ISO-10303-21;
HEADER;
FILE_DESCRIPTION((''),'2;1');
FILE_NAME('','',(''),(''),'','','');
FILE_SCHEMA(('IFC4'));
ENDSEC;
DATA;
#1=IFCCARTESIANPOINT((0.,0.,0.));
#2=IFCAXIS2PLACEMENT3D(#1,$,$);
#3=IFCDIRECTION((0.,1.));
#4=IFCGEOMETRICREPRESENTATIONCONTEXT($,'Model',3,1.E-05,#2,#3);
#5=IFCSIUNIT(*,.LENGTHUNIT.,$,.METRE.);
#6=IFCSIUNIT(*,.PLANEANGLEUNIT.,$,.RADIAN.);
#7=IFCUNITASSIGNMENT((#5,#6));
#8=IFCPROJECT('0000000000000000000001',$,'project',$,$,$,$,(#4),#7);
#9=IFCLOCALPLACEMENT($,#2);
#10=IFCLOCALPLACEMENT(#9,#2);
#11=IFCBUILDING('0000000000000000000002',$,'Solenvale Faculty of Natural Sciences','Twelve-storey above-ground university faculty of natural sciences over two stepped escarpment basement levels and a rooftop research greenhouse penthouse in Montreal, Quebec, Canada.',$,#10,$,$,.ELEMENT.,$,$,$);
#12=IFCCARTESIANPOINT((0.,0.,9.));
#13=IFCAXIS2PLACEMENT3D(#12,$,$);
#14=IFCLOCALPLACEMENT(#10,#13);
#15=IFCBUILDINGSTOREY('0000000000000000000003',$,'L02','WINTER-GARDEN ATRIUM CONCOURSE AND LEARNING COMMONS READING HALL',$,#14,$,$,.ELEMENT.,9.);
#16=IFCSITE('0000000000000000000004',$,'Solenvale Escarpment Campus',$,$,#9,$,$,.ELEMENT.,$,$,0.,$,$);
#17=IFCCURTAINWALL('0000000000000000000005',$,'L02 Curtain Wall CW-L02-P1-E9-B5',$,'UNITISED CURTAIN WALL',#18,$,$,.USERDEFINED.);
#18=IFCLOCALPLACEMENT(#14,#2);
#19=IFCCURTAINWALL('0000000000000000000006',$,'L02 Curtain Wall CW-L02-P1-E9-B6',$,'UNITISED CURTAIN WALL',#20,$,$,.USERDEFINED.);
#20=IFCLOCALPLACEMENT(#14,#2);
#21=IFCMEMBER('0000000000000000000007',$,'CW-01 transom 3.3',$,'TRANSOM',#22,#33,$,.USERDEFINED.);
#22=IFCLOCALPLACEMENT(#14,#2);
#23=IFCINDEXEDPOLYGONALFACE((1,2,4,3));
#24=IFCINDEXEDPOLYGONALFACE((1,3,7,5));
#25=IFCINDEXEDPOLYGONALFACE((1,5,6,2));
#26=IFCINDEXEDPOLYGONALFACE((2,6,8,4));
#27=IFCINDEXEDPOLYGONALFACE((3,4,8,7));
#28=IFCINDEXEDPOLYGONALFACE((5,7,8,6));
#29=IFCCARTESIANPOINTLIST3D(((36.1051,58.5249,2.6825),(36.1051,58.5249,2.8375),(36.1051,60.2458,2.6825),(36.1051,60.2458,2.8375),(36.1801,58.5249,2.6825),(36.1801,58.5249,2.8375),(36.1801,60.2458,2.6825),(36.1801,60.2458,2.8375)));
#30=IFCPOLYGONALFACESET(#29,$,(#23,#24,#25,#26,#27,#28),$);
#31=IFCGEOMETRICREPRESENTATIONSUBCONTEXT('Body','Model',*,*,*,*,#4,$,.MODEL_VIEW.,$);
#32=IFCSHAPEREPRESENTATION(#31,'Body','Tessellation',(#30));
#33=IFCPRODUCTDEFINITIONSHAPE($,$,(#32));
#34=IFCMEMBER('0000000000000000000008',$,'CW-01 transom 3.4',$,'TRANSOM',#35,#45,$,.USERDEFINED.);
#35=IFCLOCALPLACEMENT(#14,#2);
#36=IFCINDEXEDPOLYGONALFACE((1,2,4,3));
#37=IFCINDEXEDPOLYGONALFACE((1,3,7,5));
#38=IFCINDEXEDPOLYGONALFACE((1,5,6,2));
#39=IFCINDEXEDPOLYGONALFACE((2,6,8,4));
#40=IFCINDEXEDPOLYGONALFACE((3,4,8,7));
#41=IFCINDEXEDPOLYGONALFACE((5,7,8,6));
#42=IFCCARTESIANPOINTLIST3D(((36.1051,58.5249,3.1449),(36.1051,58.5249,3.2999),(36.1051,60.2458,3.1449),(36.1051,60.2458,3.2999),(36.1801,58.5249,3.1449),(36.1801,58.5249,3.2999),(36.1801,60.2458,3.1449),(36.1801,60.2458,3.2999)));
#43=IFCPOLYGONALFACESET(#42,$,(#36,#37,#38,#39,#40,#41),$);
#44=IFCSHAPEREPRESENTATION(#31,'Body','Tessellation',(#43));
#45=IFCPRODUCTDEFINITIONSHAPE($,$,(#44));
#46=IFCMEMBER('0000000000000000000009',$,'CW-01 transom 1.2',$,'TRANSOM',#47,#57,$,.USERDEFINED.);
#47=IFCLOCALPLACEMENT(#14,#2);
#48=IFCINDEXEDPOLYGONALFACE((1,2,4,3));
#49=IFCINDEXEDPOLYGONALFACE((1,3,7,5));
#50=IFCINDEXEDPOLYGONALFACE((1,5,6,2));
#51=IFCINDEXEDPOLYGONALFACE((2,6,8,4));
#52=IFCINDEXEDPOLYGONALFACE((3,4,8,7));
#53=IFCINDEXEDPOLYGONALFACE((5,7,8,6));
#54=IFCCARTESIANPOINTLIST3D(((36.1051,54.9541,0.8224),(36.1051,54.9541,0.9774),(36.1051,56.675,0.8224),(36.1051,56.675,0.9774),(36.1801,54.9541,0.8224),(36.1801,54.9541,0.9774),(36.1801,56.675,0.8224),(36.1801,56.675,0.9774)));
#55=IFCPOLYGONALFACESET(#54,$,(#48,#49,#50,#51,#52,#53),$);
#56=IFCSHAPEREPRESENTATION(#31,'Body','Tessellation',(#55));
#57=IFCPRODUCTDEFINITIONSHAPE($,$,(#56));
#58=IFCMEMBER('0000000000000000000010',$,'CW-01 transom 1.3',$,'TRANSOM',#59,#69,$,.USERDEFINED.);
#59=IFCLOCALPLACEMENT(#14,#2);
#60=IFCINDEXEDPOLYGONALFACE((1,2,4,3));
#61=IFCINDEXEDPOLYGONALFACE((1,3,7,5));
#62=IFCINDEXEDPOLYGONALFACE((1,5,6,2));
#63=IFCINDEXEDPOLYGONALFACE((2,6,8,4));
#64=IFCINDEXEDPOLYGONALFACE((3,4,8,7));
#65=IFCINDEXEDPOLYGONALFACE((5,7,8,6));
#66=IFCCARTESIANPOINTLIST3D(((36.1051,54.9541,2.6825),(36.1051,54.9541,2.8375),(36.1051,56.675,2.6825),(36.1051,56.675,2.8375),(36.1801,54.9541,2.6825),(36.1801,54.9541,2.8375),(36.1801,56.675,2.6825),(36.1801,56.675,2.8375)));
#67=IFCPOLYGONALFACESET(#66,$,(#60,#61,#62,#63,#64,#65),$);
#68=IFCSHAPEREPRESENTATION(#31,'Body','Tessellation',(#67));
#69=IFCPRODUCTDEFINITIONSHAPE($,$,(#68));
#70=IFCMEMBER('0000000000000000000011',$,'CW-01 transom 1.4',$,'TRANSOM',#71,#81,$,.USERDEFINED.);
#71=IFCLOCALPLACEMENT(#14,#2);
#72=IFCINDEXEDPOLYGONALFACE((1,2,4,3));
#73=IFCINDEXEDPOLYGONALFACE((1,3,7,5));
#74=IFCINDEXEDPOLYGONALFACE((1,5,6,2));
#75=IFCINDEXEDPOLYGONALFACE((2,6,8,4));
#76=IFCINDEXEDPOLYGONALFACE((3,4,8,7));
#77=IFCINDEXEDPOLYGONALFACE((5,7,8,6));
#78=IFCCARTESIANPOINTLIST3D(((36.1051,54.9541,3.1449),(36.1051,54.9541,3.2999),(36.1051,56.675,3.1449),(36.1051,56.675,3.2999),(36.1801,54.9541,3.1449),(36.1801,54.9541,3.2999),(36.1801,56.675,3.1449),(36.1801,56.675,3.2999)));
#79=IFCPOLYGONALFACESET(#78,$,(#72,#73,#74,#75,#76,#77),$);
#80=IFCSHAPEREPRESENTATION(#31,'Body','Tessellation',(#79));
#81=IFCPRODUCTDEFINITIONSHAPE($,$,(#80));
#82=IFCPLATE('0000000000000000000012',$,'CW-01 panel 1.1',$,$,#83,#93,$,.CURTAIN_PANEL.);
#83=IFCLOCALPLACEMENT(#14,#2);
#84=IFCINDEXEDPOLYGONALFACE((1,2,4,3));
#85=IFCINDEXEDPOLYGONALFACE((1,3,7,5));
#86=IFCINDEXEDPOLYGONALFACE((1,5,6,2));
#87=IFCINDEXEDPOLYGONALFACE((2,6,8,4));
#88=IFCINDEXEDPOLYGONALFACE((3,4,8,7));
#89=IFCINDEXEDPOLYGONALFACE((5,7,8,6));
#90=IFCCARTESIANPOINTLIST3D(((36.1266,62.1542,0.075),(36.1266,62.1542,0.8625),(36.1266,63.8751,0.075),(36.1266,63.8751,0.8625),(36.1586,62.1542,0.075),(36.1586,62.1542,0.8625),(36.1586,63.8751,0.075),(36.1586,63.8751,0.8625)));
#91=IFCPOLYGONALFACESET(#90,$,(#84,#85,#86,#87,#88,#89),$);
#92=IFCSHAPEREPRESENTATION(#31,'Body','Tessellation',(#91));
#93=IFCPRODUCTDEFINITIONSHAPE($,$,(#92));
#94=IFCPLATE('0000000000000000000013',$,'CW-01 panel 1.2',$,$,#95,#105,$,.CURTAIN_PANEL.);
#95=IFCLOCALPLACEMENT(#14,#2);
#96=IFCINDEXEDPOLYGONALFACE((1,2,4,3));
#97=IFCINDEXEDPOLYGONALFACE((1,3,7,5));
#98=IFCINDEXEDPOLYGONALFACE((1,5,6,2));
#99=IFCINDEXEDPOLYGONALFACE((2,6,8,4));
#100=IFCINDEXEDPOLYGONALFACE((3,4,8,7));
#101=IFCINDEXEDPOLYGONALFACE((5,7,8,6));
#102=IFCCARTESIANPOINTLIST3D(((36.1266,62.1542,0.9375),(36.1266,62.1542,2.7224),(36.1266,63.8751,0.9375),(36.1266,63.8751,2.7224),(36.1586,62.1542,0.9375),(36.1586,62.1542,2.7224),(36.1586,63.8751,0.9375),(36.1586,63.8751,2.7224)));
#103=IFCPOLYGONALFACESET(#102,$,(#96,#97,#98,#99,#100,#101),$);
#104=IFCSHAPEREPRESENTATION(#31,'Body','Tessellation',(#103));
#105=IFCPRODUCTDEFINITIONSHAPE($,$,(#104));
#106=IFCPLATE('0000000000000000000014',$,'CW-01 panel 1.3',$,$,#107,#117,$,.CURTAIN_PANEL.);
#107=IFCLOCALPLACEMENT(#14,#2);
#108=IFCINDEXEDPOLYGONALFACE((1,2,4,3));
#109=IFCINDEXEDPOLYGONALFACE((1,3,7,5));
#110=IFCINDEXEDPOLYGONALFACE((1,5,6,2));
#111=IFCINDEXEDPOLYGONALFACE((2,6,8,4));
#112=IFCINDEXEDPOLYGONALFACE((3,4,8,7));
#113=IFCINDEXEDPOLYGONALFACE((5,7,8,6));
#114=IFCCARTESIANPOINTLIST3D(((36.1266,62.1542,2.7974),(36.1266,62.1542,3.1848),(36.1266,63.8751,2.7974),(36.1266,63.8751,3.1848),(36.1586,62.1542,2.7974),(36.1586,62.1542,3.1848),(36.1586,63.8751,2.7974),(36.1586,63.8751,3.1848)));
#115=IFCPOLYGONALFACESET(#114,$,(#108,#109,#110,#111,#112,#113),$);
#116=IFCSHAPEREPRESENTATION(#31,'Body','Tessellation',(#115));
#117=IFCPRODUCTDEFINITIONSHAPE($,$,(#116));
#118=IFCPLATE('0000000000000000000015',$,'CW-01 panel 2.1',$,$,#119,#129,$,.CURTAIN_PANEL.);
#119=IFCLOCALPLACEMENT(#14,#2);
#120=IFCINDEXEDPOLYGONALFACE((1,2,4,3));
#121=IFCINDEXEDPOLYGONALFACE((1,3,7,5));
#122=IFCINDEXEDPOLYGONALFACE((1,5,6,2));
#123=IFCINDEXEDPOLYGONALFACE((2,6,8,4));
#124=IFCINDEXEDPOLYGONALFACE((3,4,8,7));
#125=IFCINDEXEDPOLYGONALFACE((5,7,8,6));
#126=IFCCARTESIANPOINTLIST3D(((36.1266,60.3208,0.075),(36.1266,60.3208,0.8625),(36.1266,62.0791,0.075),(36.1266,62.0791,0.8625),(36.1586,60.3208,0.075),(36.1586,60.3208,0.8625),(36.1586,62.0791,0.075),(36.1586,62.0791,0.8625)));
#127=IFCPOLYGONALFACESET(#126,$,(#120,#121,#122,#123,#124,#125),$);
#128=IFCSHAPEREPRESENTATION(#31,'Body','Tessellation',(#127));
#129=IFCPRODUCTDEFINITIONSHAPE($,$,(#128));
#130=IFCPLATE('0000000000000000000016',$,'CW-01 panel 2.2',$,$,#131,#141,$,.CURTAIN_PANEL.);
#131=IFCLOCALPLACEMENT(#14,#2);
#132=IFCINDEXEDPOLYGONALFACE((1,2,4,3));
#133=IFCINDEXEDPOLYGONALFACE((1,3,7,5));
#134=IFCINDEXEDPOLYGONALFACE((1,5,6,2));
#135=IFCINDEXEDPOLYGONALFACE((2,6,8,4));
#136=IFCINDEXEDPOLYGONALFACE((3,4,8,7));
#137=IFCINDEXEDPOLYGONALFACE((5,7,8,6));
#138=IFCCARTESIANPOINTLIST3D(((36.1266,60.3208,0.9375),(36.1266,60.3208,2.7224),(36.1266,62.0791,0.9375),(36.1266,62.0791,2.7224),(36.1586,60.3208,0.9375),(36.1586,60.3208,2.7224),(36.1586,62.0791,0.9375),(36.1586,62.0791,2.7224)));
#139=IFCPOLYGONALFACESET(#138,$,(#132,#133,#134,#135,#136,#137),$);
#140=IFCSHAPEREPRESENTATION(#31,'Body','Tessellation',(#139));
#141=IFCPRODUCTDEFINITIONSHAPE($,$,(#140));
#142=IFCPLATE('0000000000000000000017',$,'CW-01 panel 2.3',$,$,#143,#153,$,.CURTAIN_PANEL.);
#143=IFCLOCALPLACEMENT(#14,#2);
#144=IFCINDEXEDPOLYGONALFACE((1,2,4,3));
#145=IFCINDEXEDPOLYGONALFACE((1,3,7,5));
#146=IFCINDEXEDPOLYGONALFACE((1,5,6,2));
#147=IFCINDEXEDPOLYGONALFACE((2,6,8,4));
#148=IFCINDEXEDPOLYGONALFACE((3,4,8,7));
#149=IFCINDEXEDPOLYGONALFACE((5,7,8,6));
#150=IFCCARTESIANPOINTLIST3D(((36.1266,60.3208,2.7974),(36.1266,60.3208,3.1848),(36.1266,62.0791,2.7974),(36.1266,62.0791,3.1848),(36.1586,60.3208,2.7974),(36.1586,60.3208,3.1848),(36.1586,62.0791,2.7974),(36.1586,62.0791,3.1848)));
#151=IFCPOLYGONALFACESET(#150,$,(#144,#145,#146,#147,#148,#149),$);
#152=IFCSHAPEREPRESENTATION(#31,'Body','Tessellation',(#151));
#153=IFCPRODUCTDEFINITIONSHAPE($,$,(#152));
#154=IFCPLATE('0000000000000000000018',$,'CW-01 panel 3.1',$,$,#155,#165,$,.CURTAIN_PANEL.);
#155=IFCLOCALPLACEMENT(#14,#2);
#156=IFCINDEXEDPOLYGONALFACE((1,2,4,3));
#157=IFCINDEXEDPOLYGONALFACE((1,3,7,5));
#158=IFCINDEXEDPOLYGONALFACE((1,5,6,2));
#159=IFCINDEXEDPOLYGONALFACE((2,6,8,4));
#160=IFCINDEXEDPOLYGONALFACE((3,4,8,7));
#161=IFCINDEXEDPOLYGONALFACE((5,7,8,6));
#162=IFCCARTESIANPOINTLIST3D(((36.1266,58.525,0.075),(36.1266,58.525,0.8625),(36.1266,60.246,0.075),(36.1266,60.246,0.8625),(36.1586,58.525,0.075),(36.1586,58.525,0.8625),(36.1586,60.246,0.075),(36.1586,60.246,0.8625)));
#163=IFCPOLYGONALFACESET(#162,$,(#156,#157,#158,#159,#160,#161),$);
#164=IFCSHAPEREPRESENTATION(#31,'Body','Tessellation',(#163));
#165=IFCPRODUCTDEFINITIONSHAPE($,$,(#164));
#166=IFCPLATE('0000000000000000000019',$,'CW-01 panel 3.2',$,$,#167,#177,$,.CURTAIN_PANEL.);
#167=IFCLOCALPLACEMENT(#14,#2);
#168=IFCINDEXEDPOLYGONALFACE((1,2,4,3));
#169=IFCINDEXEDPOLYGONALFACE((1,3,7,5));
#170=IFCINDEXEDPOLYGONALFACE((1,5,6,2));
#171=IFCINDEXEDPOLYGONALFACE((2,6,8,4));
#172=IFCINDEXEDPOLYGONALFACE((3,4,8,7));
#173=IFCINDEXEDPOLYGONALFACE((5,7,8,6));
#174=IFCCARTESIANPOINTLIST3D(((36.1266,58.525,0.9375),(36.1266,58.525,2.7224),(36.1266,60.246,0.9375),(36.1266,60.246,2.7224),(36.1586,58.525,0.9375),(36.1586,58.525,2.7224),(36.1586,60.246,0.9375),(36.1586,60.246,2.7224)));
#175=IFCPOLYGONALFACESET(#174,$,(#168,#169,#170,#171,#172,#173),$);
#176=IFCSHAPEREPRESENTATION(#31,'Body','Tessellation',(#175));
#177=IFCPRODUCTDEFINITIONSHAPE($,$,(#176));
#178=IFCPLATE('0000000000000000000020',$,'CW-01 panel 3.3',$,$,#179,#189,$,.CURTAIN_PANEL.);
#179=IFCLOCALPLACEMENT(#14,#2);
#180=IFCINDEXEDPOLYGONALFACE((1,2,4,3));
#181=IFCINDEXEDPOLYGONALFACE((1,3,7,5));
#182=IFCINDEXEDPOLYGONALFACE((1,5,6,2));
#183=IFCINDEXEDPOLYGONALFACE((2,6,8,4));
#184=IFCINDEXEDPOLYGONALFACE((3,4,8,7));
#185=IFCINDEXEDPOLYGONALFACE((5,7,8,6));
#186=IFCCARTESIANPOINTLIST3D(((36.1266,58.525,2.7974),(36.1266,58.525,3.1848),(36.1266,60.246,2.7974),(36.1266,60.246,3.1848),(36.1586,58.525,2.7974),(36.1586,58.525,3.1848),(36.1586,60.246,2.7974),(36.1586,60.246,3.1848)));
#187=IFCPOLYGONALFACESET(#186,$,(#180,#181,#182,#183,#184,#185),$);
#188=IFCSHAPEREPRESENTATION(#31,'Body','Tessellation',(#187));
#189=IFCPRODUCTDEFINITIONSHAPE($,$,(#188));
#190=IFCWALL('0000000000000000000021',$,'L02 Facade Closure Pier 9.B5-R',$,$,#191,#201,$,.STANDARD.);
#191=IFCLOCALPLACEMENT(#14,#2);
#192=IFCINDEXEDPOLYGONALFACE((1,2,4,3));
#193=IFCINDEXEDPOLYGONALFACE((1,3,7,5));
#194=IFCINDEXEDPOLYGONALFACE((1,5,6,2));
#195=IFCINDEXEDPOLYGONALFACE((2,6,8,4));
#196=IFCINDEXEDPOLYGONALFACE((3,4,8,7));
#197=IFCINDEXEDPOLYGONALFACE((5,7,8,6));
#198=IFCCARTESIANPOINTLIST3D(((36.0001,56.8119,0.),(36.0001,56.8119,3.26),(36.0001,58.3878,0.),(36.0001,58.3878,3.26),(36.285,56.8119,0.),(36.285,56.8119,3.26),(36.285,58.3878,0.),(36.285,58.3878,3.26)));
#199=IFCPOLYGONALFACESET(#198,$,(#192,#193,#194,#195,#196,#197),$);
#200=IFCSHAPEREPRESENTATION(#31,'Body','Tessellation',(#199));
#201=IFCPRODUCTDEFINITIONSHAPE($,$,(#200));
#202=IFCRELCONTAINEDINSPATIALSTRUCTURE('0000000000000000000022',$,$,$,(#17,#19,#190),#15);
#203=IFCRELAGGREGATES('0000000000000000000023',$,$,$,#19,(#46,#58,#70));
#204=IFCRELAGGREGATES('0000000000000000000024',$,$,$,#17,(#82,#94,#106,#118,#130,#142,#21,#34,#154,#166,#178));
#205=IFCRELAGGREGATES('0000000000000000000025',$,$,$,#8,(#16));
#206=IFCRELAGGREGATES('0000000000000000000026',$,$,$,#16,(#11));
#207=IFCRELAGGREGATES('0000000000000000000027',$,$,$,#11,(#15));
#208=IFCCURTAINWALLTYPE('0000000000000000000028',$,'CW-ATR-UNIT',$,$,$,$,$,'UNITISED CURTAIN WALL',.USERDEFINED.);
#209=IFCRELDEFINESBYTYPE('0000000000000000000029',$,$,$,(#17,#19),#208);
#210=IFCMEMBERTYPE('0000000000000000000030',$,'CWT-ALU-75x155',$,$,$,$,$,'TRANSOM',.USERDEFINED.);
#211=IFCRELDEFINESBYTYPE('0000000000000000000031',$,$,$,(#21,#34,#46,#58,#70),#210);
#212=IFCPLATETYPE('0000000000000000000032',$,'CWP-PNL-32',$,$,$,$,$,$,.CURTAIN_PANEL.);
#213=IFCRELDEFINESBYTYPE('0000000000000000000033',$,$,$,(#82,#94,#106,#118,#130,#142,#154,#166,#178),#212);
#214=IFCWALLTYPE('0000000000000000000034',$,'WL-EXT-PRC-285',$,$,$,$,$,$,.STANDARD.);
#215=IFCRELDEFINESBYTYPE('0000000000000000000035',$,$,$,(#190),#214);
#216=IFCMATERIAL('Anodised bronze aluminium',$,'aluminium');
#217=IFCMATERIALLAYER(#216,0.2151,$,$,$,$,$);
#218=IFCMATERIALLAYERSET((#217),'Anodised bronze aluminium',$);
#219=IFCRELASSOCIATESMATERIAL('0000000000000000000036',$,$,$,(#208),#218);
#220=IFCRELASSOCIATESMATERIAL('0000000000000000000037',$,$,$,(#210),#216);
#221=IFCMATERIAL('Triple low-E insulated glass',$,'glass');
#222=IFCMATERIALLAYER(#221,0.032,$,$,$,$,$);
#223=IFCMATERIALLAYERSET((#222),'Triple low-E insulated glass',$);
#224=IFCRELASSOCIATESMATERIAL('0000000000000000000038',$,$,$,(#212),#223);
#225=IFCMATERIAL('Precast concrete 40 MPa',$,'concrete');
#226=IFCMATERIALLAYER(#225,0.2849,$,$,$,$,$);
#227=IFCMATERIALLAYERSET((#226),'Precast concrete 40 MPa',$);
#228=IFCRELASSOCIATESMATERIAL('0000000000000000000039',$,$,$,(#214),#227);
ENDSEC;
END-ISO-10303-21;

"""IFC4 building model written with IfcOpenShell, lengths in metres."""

from ifc_helpers import new_model, si_unit, direction, frame, frame_2d, origin, origin_2d, place, context, subcontext, project, spatial, rectangle, extrude, material, layer, layer_set, material_profile, profile_set, type_object, element, aggregate, save


model = new_model("IFC4")

# Units and contexts
model_context = context("Model", 3, precision=1e-05, world=origin(), true_north=direction((0.0, 1.0)))
body_context = subcontext(model_context, "Body", "Model", "MODEL_VIEW")
ifc_project = project(units=[si_unit("LENGTHUNIT", "METRE"), si_unit("PLANEANGLEUNIT", "RADIAN")], contexts=[model_context])

# Site, building, storey
site_placement = place(None, origin())
site = spatial("IfcSite", under=ifc_project, at=site_placement, Name="Solenvale Escarpment Campus", CompositionType="ELEMENT", RefElevation=0.0)
building_placement = place(site_placement, origin())
building = spatial("IfcBuilding", under=site, at=building_placement, Name="Solenvale Faculty of Natural Sciences", Description="Twelve-storey above-ground university faculty of natural sciences over two stepped escarpment basement levels and a rooftop research greenhouse penthouse in Montreal, Quebec, Canada.", CompositionType="ELEMENT")
storey_placement = place(building_placement, frame((0.0, 0.0, 9.0)))
storey = spatial("IfcBuildingStorey", under=building, at=storey_placement, Name="L02", Description="WINTER-GARDEN ATRIUM CONCOURSE AND LEARNING COMMONS READING HALL", CompositionType="ELEMENT", Elevation=9.0)

# Curtain wall
ifc_material_1 = material(Name="Anodised bronze aluminium", Category="aluminium")
ifc_layer_1 = layer(ifc_material_1, 0.2151)
ifc_layer_set_1 = layer_set([ifc_layer_1], Name="Anodised bronze aluminium")
curtain_wall_type = type_object("IfcCurtainWallType", Name="CW-ATR-UNIT", ElementType="UNITISED CURTAIN WALL", PredefinedType="USERDEFINED", material=ifc_layer_set_1)
curtain_wall_1_placement = place(storey_placement, origin())
curtain_wall_1 = element("IfcCurtainWall", 1, at=curtain_wall_1_placement, inside=storey, type_object=curtain_wall_type, Name="L02 Curtain Wall CW-L02-P1-E9-B5", ObjectType="UNITISED CURTAIN WALL", PredefinedType="USERDEFINED")

# Curtain wall
curtain_wall_2_placement = place(storey_placement, origin())
curtain_wall_2 = element("IfcCurtainWall", 2, at=curtain_wall_2_placement, inside=storey, type_object=curtain_wall_type, Name="L02 Curtain Wall CW-L02-P1-E9-B6", ObjectType="UNITISED CURTAIN WALL", PredefinedType="USERDEFINED")

# Members
ifc_material_profile_1 = material_profile(ifc_material_1, rectangle(XDim=0.075, YDim=0.155, at=origin_2d()), Name="ALU-TRN-75x155")
ifc_profile_set_1 = profile_set([ifc_material_profile_1], Name="Anodised bronze aluminium")
member_type_1 = type_object("IfcMemberType", Name="CWT-ALU-75x155", ElementType="TRANSOM", PredefinedType="USERDEFINED", material=ifc_profile_set_1)
member_1_placement = place(storey_placement, frame((36.1426, 60.2458, 2.76), z_axis=(0.0, -1.0, 0.0), x_axis=(1.0, 0.0, 0.0)))
member_1 = element("IfcMember", 3, at=member_1_placement, type_object=member_type_1, Name="CW-01 transom 3.3", ObjectType="TRANSOM", PredefinedType="USERDEFINED", context=body_context, shape_type="SweptSolid", body=[
    extrude(rectangle(XDim=0.075, YDim=0.155, at=origin_2d()), origin(), (0.0, 0.0, 1.0), 1.7209),
])
member_2_placement = place(storey_placement, frame((36.1426, 60.2458, 3.2224), z_axis=(0.0, -1.0, 0.0), x_axis=(1.0, 0.0, 0.0)))
member_2 = element("IfcMember", 4, at=member_2_placement, type_object=member_type_1, Name="CW-01 transom 3.4", ObjectType="TRANSOM", PredefinedType="USERDEFINED", context=body_context, shape_type="SweptSolid", body=[
    extrude(rectangle(XDim=0.075, YDim=0.155, at=origin_2d()), origin(), (0.0, 0.0, 1.0), 1.7209),
])
member_3_placement = place(storey_placement, frame((36.1426, 56.675, 0.8999), z_axis=(0.0, -1.0, 0.0), x_axis=(1.0, 0.0, 0.0)))
member_3 = element("IfcMember", 5, at=member_3_placement, type_object=member_type_1, Name="CW-01 transom 1.2", ObjectType="TRANSOM", PredefinedType="USERDEFINED", context=body_context, shape_type="SweptSolid", body=[
    extrude(rectangle(XDim=0.075, YDim=0.155, at=origin_2d()), origin(), (0.0, 0.0, 1.0), 1.7209),
])
member_4_placement = place(storey_placement, frame((36.1426, 56.675, 2.76), z_axis=(0.0, -1.0, 0.0), x_axis=(1.0, 0.0, 0.0)))
member_4 = element("IfcMember", 6, at=member_4_placement, type_object=member_type_1, Name="CW-01 transom 1.3", ObjectType="TRANSOM", PredefinedType="USERDEFINED", context=body_context, shape_type="SweptSolid", body=[
    extrude(rectangle(XDim=0.075, YDim=0.155, at=origin_2d()), origin(), (0.0, 0.0, 1.0), 1.7209),
])
member_5_placement = place(storey_placement, frame((36.1426, 56.675, 3.2224), z_axis=(0.0, -1.0, 0.0), x_axis=(1.0, 0.0, 0.0)))
member_5 = element("IfcMember", 7, at=member_5_placement, type_object=member_type_1, Name="CW-01 transom 1.4", ObjectType="TRANSOM", PredefinedType="USERDEFINED", context=body_context, shape_type="SweptSolid", body=[
    extrude(rectangle(XDim=0.075, YDim=0.155, at=origin_2d()), origin(), (0.0, 0.0, 1.0), 1.7209),
])
aggregate(curtain_wall_2, [member_3, member_4, member_5])

# Plates
ifc_material_2 = material(Name="Triple low-E insulated glass", Category="glass")
ifc_layer_2 = layer(ifc_material_2, 0.032)
ifc_layer_set_2 = layer_set([ifc_layer_2], Name="Triple low-E insulated glass")
plate_type = type_object("IfcPlateType", Name="CWP-PNL-32", PredefinedType="CURTAIN_PANEL", material=ifc_layer_set_2)
plate_1_placement = place(storey_placement, frame((36.1426, 63.0146, 0.075), z_axis=(0.0, 0.0, 1.0), x_axis=(0.0, -1.0, 0.0)))
plate_1 = element("IfcPlate", 8, at=plate_1_placement, type_object=plate_type, Name="CW-01 panel 1.1", PredefinedType="CURTAIN_PANEL", context=body_context, shape_type="SweptSolid", body=[
    extrude(rectangle(XDim=1.7209, YDim=0.032, at=origin_2d()), origin(), (0.0, 0.0, 1.0), 0.7876),
])
plate_2_placement = place(storey_placement, frame((36.1426, 63.0146, 0.9375), z_axis=(0.0, 0.0, 1.0), x_axis=(0.0, -1.0, 0.0)))
plate_2 = element("IfcPlate", 9, at=plate_2_placement, type_object=plate_type, Name="CW-01 panel 1.2", PredefinedType="CURTAIN_PANEL", context=body_context, shape_type="SweptSolid", body=[
    extrude(rectangle(XDim=1.7209, YDim=0.032, at=origin_2d()), origin(), (0.0, 0.0, 1.0), 1.7849),
])
plate_3_placement = place(storey_placement, frame((36.1426, 63.0146, 2.7974), z_axis=(0.0, 0.0, 1.0), x_axis=(0.0, -1.0, 0.0)))
plate_3 = element("IfcPlate", 10, at=plate_3_placement, type_object=plate_type, Name="CW-01 panel 1.3", PredefinedType="CURTAIN_PANEL", context=body_context, shape_type="SweptSolid", body=[
    extrude(rectangle(XDim=1.7209, YDim=0.032, at=origin_2d()), origin(), (0.0, 0.0, 1.0), 0.3875),
])
plate_4_placement = place(storey_placement, frame((36.1426, 61.2, 0.075), z_axis=(0.0, 0.0, 1.0), x_axis=(0.0, -1.0, 0.0)))
plate_4 = element("IfcPlate", 11, at=plate_4_placement, type_object=plate_type, Name="CW-01 panel 2.1", PredefinedType="CURTAIN_PANEL", context=body_context, shape_type="SweptSolid", body=[
    extrude(rectangle(XDim=1.7583, YDim=0.032, at=origin_2d()), origin(), (0.0, 0.0, 1.0), 0.7876),
])
plate_5_placement = place(storey_placement, frame((36.1426, 61.2, 0.9375), z_axis=(0.0, 0.0, 1.0), x_axis=(0.0, -1.0, 0.0)))
plate_5 = element("IfcPlate", 12, at=plate_5_placement, type_object=plate_type, Name="CW-01 panel 2.2", PredefinedType="CURTAIN_PANEL", context=body_context, shape_type="SweptSolid", body=[
    extrude(rectangle(XDim=1.7583, YDim=0.032, at=origin_2d()), origin(), (0.0, 0.0, 1.0), 1.7849),
])
plate_6_placement = place(storey_placement, frame((36.1426, 61.2, 2.7974), z_axis=(0.0, 0.0, 1.0), x_axis=(0.0, -1.0, 0.0)))
plate_6 = element("IfcPlate", 13, at=plate_6_placement, type_object=plate_type, Name="CW-01 panel 2.3", PredefinedType="CURTAIN_PANEL", context=body_context, shape_type="SweptSolid", body=[
    extrude(rectangle(XDim=1.7583, YDim=0.032, at=origin_2d()), origin(), (0.0, 0.0, 1.0), 0.3875),
])
plate_7_placement = place(storey_placement, frame((36.1426, 59.3855, 0.075), z_axis=(0.0, 0.0, 1.0), x_axis=(0.0, -1.0, 0.0)))
plate_7 = element("IfcPlate", 14, at=plate_7_placement, type_object=plate_type, Name="CW-01 panel 3.1", PredefinedType="CURTAIN_PANEL", context=body_context, shape_type="SweptSolid", body=[
    extrude(rectangle(XDim=1.7209, YDim=0.032, at=origin_2d()), origin(), (0.0, 0.0, 1.0), 0.7876),
])
plate_8_placement = place(storey_placement, frame((36.1426, 59.3855, 0.9375), z_axis=(0.0, 0.0, 1.0), x_axis=(0.0, -1.0, 0.0)))
plate_8 = element("IfcPlate", 15, at=plate_8_placement, type_object=plate_type, Name="CW-01 panel 3.2", PredefinedType="CURTAIN_PANEL", context=body_context, shape_type="SweptSolid", body=[
    extrude(rectangle(XDim=1.7209, YDim=0.032, at=origin_2d()), origin(), (0.0, 0.0, 1.0), 1.7849),
])
plate_9_placement = place(storey_placement, frame((36.1426, 59.3855, 2.7974), z_axis=(0.0, 0.0, 1.0), x_axis=(0.0, -1.0, 0.0)))
plate_9 = element("IfcPlate", 16, at=plate_9_placement, type_object=plate_type, Name="CW-01 panel 3.3", PredefinedType="CURTAIN_PANEL", context=body_context, shape_type="SweptSolid", body=[
    extrude(rectangle(XDim=1.7209, YDim=0.032, at=origin_2d()), origin(), (0.0, 0.0, 1.0), 0.3875),
])
aggregate(curtain_wall_1, [plate_1, plate_2, plate_3, plate_4, plate_5, plate_6, member_1, member_2, plate_7, plate_8, plate_9])

# Wall
ifc_material_3 = material(Name="Precast concrete 40 MPa", Category="concrete")
ifc_layer_3 = layer(ifc_material_3, 0.2849)
ifc_layer_set_3 = layer_set([ifc_layer_3], Name="Precast concrete 40 MPa")
wall_type = type_object("IfcWallType", Name="WL-EXT-PRC-285", PredefinedType="STANDARD", material=ifc_layer_set_3)
wall_placement = place(storey_placement, frame((36.1426, 58.3879, 0.0), z_axis=(0.0, 0.0, 1.0), x_axis=(0.0, -1.0, 0.0)))
element("IfcWall", 17, at=wall_placement, inside=storey, type_object=wall_type, Name="L02 Facade Closure Pier 9.B5-R", PredefinedType="STANDARD", context=body_context, shape_type="SweptSolid", body=[
    extrude(rectangle(XDim=1.5759, YDim=0.2849, at=frame_2d((0.7881, 0.0))), origin(), (0.0, 0.0, 1.0), 3.26),
])

save(model, "model.ifc")
